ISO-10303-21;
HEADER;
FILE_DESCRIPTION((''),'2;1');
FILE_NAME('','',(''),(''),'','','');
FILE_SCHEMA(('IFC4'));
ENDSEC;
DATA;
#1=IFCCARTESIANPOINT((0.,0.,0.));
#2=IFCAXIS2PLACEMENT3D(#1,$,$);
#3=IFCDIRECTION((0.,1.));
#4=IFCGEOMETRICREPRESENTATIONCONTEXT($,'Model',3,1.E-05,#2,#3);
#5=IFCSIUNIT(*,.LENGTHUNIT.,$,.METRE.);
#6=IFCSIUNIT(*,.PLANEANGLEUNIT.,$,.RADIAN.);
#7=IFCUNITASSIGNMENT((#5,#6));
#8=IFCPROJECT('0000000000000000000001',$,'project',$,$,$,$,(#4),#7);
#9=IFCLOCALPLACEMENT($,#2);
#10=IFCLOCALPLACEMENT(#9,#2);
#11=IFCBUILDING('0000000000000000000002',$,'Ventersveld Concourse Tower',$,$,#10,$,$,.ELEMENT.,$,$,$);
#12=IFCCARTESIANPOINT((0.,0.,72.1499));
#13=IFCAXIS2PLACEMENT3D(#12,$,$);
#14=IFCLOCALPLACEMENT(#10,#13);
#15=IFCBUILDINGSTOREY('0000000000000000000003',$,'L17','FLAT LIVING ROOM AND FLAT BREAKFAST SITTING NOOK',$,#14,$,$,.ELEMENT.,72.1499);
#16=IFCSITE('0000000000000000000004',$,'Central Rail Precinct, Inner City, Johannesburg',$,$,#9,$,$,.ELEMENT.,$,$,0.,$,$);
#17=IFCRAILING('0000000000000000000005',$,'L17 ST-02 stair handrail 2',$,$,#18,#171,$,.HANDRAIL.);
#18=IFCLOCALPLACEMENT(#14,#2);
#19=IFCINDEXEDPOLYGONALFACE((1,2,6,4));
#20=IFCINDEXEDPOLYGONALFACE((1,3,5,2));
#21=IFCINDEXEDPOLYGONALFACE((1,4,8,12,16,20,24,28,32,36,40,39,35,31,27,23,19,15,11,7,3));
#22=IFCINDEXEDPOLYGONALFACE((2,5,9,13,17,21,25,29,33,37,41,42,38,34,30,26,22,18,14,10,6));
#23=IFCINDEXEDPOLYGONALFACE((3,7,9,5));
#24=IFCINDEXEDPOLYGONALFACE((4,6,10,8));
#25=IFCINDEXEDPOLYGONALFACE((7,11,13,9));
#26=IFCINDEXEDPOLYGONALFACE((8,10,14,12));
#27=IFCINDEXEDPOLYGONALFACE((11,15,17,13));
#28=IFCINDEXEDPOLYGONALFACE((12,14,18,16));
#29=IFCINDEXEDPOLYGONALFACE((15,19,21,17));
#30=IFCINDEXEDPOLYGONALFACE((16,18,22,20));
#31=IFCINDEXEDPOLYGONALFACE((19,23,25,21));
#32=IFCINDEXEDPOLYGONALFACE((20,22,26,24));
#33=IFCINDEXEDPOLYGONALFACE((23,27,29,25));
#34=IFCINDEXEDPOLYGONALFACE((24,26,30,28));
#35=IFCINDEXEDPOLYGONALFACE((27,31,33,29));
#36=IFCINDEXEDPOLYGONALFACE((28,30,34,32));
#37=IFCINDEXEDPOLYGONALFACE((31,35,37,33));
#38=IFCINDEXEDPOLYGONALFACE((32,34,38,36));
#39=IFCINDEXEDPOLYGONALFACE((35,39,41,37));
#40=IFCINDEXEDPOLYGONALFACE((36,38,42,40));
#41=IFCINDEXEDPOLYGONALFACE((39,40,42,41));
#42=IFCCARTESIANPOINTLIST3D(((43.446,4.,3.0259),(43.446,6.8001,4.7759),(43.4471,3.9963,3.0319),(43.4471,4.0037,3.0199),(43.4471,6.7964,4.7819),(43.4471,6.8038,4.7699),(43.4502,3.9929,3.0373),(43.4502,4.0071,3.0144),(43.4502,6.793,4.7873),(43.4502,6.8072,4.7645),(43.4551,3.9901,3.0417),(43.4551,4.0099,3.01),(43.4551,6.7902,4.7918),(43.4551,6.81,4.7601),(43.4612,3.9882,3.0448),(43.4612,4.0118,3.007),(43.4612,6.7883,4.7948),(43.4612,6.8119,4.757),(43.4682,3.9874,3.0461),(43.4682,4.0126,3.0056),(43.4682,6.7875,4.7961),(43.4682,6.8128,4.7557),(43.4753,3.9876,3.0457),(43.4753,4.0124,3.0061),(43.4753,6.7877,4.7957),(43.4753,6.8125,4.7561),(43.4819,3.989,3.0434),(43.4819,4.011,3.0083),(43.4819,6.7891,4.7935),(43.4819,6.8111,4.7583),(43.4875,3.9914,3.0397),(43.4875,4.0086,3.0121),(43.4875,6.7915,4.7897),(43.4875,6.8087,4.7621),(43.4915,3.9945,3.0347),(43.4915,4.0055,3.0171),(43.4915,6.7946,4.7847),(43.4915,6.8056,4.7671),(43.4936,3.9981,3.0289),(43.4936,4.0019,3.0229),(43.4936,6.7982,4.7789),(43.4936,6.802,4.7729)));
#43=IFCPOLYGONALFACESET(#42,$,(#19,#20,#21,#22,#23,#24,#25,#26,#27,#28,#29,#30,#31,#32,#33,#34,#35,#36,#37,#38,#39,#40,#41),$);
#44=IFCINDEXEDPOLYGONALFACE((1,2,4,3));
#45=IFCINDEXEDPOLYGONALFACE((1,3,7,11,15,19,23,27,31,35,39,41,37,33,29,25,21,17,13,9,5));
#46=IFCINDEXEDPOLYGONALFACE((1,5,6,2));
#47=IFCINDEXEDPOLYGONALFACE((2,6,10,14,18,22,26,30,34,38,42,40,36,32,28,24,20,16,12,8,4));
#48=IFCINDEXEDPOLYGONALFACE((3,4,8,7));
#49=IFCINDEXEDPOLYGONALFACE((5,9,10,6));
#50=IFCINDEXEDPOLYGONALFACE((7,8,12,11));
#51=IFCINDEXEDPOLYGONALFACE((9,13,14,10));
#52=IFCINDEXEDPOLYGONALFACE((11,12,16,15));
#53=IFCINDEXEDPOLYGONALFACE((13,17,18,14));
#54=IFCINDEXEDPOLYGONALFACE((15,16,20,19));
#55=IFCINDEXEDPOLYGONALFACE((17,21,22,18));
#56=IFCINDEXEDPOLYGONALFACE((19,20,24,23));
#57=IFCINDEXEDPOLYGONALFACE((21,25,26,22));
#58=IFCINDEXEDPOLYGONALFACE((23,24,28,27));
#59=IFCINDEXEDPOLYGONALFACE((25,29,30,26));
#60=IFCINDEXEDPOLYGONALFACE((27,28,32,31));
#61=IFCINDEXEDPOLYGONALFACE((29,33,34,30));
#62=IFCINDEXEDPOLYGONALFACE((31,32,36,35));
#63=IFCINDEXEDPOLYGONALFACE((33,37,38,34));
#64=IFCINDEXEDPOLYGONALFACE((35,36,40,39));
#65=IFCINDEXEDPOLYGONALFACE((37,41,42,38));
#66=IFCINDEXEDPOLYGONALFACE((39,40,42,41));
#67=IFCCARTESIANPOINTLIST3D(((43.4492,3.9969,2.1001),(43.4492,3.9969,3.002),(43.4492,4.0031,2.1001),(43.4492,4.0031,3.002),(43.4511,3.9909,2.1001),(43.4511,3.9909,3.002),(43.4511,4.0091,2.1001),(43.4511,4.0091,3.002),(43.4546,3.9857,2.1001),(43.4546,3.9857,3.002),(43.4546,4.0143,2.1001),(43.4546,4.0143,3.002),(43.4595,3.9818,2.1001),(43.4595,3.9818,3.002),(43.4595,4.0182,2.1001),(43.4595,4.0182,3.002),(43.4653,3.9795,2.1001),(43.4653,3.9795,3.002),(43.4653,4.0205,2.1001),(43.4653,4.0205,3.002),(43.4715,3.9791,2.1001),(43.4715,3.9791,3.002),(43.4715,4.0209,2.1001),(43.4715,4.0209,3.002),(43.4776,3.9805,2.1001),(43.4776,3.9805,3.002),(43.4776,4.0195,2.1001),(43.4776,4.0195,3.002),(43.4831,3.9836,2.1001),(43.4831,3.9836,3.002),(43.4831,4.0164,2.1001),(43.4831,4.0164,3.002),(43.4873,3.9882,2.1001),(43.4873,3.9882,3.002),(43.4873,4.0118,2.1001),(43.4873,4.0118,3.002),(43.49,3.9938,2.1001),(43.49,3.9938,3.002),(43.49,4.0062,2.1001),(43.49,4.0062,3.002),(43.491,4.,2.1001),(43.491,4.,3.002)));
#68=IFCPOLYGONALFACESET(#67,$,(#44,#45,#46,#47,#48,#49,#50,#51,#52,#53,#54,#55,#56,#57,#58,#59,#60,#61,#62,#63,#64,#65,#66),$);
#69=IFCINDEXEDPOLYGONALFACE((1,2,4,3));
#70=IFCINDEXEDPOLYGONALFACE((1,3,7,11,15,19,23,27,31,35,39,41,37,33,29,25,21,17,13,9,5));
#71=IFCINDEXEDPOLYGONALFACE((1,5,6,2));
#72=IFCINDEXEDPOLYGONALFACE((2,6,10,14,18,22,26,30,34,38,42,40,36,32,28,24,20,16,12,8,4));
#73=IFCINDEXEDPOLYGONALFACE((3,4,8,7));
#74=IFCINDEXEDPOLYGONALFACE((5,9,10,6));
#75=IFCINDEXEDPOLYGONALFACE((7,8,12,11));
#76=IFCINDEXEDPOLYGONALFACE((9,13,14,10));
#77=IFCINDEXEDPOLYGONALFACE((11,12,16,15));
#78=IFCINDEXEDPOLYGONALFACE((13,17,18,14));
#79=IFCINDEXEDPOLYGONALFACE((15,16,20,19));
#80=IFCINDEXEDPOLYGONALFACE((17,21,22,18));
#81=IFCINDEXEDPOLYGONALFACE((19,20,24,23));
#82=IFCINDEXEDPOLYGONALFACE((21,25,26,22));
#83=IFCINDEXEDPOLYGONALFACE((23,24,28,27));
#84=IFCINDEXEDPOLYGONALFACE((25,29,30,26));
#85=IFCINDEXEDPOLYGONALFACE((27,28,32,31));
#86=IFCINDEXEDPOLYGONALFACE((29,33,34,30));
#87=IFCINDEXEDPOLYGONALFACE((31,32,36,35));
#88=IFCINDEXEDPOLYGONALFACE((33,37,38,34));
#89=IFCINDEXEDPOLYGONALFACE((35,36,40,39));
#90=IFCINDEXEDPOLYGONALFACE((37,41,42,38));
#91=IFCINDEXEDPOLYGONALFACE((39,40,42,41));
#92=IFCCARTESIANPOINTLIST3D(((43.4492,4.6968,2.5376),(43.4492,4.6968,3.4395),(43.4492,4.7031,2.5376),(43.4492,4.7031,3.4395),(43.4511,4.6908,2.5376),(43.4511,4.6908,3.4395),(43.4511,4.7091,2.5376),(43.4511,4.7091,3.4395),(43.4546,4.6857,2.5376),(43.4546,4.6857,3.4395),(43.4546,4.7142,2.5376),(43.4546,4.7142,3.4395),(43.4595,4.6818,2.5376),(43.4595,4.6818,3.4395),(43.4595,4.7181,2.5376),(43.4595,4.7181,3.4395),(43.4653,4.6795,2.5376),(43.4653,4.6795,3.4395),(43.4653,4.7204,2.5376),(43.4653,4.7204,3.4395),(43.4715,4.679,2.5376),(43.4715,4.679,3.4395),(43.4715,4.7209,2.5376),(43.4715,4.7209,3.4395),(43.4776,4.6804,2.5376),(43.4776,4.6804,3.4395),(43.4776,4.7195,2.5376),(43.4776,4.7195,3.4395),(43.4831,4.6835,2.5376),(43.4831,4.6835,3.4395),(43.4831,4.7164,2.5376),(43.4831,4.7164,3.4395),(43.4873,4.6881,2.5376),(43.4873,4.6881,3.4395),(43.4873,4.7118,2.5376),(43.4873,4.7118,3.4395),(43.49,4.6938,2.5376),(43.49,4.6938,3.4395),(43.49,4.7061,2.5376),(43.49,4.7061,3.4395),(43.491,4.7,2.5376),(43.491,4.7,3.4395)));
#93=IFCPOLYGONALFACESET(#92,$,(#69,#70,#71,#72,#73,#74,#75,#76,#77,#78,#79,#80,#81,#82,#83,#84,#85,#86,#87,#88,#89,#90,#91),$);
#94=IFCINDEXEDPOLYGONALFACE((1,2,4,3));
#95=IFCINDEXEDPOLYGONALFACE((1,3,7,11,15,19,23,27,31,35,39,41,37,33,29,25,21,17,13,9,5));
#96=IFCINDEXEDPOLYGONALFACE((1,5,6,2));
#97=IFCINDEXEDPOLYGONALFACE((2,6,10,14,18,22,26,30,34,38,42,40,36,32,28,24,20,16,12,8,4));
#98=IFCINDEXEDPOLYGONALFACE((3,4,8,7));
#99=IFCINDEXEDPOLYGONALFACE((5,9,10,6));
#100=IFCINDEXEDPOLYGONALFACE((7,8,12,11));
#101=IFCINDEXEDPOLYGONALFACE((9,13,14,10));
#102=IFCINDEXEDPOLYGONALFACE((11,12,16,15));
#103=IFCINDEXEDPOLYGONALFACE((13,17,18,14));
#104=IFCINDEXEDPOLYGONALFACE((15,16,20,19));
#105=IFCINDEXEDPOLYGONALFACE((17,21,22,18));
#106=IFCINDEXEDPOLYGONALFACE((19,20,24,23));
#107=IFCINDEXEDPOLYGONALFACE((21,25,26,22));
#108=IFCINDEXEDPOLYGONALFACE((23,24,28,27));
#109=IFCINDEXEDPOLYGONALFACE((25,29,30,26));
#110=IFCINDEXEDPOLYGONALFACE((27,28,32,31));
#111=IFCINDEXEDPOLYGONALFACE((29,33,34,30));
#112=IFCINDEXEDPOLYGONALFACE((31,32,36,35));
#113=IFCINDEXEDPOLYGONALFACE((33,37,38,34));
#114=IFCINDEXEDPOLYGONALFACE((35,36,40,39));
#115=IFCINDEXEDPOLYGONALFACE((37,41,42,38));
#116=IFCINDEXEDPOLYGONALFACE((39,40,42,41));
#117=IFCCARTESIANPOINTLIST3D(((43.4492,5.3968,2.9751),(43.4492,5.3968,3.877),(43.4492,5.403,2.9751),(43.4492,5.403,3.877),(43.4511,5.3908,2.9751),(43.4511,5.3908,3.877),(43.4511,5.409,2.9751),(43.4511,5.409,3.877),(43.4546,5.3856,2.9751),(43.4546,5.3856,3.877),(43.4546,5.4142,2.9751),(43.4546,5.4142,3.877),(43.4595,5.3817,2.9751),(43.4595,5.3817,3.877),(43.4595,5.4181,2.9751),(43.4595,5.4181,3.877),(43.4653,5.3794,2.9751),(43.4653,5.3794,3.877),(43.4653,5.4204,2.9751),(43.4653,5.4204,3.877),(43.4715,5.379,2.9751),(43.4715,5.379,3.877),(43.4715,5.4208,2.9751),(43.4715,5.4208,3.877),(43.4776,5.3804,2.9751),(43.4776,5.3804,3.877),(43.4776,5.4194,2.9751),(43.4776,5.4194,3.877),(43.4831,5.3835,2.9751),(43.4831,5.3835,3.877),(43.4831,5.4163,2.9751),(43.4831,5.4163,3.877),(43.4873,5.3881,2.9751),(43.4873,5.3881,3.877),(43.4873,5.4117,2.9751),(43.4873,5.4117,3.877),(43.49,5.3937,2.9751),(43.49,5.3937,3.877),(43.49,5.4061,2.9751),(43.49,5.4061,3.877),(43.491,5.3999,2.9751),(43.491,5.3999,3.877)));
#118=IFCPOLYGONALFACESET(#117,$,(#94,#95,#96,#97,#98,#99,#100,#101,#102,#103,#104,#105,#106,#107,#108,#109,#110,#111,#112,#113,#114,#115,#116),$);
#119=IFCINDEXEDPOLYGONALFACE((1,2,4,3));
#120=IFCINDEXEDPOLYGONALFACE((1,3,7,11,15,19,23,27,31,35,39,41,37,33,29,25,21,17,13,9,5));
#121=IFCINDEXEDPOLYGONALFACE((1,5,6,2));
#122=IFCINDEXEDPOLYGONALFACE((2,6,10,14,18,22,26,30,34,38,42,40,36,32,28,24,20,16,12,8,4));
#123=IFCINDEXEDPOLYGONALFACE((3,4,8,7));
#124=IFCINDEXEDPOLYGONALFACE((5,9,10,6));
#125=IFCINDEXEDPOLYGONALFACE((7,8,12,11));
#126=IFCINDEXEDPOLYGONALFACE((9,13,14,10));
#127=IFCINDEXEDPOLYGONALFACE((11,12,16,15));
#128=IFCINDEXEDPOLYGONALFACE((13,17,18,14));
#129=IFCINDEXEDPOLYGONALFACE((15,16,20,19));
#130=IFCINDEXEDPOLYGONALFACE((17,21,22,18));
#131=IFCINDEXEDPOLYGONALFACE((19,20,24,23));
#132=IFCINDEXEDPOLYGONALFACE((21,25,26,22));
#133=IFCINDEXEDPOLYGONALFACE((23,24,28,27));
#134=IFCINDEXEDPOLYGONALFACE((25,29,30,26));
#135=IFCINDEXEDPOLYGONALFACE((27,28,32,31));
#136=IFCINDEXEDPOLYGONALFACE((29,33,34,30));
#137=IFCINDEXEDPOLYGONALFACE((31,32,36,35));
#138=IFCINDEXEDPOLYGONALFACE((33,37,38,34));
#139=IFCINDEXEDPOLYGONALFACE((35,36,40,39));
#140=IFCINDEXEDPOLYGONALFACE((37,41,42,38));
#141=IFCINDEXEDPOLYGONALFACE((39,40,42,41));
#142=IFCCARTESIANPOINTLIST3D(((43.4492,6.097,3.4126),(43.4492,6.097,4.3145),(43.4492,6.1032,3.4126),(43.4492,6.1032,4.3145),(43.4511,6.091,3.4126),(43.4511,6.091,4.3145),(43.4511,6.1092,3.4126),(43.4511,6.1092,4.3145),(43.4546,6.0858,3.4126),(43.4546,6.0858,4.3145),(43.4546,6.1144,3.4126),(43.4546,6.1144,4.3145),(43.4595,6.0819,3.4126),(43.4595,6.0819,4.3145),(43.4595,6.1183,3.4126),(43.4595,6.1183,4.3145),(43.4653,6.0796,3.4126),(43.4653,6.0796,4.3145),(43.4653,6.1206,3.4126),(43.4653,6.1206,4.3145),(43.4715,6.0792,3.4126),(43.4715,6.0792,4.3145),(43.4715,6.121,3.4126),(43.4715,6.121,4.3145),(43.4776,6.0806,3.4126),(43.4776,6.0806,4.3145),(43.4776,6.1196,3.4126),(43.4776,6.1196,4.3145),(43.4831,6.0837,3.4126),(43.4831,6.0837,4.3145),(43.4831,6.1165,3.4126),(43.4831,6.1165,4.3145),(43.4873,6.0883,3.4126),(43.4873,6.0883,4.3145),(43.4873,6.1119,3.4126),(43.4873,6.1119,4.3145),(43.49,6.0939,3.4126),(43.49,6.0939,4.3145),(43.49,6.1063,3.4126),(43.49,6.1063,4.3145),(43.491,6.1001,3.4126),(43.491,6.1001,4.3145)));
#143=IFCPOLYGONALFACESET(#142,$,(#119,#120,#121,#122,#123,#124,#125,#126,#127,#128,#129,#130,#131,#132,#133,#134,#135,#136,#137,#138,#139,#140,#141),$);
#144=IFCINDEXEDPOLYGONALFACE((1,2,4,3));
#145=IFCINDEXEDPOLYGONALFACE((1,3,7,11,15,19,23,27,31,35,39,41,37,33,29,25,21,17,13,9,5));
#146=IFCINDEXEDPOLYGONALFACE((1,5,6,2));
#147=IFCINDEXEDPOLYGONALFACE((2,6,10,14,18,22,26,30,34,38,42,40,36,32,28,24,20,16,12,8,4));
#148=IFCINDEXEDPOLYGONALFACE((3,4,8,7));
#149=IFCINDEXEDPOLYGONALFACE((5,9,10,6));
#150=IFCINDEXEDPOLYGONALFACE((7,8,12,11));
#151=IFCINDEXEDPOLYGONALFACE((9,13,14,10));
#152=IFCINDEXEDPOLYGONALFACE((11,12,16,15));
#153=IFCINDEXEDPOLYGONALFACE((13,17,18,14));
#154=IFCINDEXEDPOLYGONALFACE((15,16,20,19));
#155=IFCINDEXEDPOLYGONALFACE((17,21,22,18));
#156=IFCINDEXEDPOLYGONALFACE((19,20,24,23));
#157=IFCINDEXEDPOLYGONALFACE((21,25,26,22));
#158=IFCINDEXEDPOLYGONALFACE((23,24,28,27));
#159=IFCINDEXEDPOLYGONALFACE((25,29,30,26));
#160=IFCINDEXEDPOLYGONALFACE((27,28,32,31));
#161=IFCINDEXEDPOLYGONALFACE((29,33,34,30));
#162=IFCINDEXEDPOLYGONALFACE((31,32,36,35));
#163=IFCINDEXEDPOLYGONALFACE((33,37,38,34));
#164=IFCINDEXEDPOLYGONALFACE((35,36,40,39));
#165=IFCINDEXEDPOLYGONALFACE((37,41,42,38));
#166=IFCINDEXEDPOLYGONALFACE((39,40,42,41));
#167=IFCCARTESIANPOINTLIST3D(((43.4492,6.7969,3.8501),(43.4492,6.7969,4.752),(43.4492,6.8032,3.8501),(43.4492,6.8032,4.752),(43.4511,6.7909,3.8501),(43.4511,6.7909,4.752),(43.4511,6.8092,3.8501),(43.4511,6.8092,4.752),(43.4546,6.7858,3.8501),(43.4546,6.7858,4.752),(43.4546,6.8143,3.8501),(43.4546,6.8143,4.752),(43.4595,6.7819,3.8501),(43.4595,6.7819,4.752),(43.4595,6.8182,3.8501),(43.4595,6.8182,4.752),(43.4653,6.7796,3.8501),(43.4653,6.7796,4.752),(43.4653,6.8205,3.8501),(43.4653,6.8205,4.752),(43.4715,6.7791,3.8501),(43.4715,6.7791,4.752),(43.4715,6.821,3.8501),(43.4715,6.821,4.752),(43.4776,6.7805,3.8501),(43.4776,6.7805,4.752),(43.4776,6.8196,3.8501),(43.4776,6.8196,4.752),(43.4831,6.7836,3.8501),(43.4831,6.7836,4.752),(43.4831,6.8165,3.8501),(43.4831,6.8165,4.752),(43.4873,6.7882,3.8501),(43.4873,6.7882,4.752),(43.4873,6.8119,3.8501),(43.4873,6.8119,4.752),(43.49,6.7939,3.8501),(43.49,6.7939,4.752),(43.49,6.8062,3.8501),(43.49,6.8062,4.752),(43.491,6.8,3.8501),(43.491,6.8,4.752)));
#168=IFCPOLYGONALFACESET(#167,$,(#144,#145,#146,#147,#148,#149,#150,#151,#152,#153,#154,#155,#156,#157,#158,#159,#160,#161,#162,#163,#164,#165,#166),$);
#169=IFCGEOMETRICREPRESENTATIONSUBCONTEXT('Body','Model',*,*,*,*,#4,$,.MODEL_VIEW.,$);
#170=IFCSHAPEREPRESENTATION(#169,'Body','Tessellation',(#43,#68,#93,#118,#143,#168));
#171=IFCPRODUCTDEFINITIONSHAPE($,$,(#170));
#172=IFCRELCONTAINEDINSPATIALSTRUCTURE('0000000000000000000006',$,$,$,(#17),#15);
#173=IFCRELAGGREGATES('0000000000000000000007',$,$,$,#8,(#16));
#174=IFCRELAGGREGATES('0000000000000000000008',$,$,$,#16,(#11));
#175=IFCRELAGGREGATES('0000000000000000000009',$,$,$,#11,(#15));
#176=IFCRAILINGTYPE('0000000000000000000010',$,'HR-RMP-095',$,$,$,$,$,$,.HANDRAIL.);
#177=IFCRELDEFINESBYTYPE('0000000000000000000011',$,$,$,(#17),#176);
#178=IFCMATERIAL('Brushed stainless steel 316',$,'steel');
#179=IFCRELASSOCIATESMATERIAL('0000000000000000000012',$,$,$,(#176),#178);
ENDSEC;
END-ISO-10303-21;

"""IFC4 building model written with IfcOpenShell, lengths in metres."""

from ifc_helpers import new_model, si_unit, direction, frame, origin, origin_2d, place, context, subcontext, project, spatial, circle, extrude, material, type_object, element, save


model = new_model("IFC4")

# Units and contexts
model_context = context("Model", 3, precision=1e-05, world=origin(), true_north=direction((0.0, 1.0)))
body_context = subcontext(model_context, "Body", "Model", "MODEL_VIEW")
ifc_project = project(units=[si_unit("LENGTHUNIT", "METRE"), si_unit("PLANEANGLEUNIT", "RADIAN")], contexts=[model_context])

# Site, building, storey
site_placement = place(None, origin())
site = spatial("IfcSite", under=ifc_project, at=site_placement, Name="Central Rail Precinct, Inner City, Johannesburg", CompositionType="ELEMENT", RefElevation=0.0)
building_placement = place(site_placement, origin())
building = spatial("IfcBuilding", under=site, at=building_placement, Name="Ventersveld Concourse Tower", CompositionType="ELEMENT")
storey_placement = place(building_placement, frame((0.0, 0.0, 72.1499)))
storey = spatial("IfcBuildingStorey", under=building, at=storey_placement, Name="L17", Description="FLAT LIVING ROOM AND FLAT BREAKFAST SITTING NOOK", CompositionType="ELEMENT", Elevation=72.1499)

# Railing
ifc_material_1 = material(Name="Brushed stainless steel 316", Category="steel")
railing_type_1 = type_object("IfcRailingType", Name="HR-RMP-095", PredefinedType="HANDRAIL", material=ifc_material_1)
railing_1_placement = place(storey_placement, frame((43.47, 4.0, 2.1001)))
element("IfcRailing", 1, at=railing_1_placement, inside=storey, type_object=railing_type_1, Name="L17 ST-02 stair handrail 2", PredefinedType="HANDRAIL", context=body_context, shape_type="SweptSolid", body=[
    extrude(circle(Radius=0.0239, at=origin_2d()), frame((0.0, 0.0, 0.9258), z_axis=(0.0, 0.848002, 0.529992), x_axis=(-1.0, 0.0, 0.0)), (0.0, 0.0, 1.0), 3.302),
    extrude(circle(Radius=0.021, at=origin_2d()), origin(), (0.0, 0.0, 1.0), 0.9019),
    extrude(circle(Radius=0.021, at=origin_2d()), frame((0.0, 0.7, 0.4375)), (0.0, 0.0, 1.0), 0.9019),
    extrude(circle(Radius=0.021, at=origin_2d()), frame((0.0, 1.3999, 0.875)), (0.0, 0.0, 1.0), 0.9019),
    extrude(circle(Radius=0.021, at=origin_2d()), frame((0.0, 2.1001, 1.3125)), (0.0, 0.0, 1.0), 0.9019),
    extrude(circle(Radius=0.021, at=origin_2d()), frame((0.0, 2.8, 1.75)), (0.0, 0.0, 1.0), 0.9019),
])

save(model, "model.ifc")
